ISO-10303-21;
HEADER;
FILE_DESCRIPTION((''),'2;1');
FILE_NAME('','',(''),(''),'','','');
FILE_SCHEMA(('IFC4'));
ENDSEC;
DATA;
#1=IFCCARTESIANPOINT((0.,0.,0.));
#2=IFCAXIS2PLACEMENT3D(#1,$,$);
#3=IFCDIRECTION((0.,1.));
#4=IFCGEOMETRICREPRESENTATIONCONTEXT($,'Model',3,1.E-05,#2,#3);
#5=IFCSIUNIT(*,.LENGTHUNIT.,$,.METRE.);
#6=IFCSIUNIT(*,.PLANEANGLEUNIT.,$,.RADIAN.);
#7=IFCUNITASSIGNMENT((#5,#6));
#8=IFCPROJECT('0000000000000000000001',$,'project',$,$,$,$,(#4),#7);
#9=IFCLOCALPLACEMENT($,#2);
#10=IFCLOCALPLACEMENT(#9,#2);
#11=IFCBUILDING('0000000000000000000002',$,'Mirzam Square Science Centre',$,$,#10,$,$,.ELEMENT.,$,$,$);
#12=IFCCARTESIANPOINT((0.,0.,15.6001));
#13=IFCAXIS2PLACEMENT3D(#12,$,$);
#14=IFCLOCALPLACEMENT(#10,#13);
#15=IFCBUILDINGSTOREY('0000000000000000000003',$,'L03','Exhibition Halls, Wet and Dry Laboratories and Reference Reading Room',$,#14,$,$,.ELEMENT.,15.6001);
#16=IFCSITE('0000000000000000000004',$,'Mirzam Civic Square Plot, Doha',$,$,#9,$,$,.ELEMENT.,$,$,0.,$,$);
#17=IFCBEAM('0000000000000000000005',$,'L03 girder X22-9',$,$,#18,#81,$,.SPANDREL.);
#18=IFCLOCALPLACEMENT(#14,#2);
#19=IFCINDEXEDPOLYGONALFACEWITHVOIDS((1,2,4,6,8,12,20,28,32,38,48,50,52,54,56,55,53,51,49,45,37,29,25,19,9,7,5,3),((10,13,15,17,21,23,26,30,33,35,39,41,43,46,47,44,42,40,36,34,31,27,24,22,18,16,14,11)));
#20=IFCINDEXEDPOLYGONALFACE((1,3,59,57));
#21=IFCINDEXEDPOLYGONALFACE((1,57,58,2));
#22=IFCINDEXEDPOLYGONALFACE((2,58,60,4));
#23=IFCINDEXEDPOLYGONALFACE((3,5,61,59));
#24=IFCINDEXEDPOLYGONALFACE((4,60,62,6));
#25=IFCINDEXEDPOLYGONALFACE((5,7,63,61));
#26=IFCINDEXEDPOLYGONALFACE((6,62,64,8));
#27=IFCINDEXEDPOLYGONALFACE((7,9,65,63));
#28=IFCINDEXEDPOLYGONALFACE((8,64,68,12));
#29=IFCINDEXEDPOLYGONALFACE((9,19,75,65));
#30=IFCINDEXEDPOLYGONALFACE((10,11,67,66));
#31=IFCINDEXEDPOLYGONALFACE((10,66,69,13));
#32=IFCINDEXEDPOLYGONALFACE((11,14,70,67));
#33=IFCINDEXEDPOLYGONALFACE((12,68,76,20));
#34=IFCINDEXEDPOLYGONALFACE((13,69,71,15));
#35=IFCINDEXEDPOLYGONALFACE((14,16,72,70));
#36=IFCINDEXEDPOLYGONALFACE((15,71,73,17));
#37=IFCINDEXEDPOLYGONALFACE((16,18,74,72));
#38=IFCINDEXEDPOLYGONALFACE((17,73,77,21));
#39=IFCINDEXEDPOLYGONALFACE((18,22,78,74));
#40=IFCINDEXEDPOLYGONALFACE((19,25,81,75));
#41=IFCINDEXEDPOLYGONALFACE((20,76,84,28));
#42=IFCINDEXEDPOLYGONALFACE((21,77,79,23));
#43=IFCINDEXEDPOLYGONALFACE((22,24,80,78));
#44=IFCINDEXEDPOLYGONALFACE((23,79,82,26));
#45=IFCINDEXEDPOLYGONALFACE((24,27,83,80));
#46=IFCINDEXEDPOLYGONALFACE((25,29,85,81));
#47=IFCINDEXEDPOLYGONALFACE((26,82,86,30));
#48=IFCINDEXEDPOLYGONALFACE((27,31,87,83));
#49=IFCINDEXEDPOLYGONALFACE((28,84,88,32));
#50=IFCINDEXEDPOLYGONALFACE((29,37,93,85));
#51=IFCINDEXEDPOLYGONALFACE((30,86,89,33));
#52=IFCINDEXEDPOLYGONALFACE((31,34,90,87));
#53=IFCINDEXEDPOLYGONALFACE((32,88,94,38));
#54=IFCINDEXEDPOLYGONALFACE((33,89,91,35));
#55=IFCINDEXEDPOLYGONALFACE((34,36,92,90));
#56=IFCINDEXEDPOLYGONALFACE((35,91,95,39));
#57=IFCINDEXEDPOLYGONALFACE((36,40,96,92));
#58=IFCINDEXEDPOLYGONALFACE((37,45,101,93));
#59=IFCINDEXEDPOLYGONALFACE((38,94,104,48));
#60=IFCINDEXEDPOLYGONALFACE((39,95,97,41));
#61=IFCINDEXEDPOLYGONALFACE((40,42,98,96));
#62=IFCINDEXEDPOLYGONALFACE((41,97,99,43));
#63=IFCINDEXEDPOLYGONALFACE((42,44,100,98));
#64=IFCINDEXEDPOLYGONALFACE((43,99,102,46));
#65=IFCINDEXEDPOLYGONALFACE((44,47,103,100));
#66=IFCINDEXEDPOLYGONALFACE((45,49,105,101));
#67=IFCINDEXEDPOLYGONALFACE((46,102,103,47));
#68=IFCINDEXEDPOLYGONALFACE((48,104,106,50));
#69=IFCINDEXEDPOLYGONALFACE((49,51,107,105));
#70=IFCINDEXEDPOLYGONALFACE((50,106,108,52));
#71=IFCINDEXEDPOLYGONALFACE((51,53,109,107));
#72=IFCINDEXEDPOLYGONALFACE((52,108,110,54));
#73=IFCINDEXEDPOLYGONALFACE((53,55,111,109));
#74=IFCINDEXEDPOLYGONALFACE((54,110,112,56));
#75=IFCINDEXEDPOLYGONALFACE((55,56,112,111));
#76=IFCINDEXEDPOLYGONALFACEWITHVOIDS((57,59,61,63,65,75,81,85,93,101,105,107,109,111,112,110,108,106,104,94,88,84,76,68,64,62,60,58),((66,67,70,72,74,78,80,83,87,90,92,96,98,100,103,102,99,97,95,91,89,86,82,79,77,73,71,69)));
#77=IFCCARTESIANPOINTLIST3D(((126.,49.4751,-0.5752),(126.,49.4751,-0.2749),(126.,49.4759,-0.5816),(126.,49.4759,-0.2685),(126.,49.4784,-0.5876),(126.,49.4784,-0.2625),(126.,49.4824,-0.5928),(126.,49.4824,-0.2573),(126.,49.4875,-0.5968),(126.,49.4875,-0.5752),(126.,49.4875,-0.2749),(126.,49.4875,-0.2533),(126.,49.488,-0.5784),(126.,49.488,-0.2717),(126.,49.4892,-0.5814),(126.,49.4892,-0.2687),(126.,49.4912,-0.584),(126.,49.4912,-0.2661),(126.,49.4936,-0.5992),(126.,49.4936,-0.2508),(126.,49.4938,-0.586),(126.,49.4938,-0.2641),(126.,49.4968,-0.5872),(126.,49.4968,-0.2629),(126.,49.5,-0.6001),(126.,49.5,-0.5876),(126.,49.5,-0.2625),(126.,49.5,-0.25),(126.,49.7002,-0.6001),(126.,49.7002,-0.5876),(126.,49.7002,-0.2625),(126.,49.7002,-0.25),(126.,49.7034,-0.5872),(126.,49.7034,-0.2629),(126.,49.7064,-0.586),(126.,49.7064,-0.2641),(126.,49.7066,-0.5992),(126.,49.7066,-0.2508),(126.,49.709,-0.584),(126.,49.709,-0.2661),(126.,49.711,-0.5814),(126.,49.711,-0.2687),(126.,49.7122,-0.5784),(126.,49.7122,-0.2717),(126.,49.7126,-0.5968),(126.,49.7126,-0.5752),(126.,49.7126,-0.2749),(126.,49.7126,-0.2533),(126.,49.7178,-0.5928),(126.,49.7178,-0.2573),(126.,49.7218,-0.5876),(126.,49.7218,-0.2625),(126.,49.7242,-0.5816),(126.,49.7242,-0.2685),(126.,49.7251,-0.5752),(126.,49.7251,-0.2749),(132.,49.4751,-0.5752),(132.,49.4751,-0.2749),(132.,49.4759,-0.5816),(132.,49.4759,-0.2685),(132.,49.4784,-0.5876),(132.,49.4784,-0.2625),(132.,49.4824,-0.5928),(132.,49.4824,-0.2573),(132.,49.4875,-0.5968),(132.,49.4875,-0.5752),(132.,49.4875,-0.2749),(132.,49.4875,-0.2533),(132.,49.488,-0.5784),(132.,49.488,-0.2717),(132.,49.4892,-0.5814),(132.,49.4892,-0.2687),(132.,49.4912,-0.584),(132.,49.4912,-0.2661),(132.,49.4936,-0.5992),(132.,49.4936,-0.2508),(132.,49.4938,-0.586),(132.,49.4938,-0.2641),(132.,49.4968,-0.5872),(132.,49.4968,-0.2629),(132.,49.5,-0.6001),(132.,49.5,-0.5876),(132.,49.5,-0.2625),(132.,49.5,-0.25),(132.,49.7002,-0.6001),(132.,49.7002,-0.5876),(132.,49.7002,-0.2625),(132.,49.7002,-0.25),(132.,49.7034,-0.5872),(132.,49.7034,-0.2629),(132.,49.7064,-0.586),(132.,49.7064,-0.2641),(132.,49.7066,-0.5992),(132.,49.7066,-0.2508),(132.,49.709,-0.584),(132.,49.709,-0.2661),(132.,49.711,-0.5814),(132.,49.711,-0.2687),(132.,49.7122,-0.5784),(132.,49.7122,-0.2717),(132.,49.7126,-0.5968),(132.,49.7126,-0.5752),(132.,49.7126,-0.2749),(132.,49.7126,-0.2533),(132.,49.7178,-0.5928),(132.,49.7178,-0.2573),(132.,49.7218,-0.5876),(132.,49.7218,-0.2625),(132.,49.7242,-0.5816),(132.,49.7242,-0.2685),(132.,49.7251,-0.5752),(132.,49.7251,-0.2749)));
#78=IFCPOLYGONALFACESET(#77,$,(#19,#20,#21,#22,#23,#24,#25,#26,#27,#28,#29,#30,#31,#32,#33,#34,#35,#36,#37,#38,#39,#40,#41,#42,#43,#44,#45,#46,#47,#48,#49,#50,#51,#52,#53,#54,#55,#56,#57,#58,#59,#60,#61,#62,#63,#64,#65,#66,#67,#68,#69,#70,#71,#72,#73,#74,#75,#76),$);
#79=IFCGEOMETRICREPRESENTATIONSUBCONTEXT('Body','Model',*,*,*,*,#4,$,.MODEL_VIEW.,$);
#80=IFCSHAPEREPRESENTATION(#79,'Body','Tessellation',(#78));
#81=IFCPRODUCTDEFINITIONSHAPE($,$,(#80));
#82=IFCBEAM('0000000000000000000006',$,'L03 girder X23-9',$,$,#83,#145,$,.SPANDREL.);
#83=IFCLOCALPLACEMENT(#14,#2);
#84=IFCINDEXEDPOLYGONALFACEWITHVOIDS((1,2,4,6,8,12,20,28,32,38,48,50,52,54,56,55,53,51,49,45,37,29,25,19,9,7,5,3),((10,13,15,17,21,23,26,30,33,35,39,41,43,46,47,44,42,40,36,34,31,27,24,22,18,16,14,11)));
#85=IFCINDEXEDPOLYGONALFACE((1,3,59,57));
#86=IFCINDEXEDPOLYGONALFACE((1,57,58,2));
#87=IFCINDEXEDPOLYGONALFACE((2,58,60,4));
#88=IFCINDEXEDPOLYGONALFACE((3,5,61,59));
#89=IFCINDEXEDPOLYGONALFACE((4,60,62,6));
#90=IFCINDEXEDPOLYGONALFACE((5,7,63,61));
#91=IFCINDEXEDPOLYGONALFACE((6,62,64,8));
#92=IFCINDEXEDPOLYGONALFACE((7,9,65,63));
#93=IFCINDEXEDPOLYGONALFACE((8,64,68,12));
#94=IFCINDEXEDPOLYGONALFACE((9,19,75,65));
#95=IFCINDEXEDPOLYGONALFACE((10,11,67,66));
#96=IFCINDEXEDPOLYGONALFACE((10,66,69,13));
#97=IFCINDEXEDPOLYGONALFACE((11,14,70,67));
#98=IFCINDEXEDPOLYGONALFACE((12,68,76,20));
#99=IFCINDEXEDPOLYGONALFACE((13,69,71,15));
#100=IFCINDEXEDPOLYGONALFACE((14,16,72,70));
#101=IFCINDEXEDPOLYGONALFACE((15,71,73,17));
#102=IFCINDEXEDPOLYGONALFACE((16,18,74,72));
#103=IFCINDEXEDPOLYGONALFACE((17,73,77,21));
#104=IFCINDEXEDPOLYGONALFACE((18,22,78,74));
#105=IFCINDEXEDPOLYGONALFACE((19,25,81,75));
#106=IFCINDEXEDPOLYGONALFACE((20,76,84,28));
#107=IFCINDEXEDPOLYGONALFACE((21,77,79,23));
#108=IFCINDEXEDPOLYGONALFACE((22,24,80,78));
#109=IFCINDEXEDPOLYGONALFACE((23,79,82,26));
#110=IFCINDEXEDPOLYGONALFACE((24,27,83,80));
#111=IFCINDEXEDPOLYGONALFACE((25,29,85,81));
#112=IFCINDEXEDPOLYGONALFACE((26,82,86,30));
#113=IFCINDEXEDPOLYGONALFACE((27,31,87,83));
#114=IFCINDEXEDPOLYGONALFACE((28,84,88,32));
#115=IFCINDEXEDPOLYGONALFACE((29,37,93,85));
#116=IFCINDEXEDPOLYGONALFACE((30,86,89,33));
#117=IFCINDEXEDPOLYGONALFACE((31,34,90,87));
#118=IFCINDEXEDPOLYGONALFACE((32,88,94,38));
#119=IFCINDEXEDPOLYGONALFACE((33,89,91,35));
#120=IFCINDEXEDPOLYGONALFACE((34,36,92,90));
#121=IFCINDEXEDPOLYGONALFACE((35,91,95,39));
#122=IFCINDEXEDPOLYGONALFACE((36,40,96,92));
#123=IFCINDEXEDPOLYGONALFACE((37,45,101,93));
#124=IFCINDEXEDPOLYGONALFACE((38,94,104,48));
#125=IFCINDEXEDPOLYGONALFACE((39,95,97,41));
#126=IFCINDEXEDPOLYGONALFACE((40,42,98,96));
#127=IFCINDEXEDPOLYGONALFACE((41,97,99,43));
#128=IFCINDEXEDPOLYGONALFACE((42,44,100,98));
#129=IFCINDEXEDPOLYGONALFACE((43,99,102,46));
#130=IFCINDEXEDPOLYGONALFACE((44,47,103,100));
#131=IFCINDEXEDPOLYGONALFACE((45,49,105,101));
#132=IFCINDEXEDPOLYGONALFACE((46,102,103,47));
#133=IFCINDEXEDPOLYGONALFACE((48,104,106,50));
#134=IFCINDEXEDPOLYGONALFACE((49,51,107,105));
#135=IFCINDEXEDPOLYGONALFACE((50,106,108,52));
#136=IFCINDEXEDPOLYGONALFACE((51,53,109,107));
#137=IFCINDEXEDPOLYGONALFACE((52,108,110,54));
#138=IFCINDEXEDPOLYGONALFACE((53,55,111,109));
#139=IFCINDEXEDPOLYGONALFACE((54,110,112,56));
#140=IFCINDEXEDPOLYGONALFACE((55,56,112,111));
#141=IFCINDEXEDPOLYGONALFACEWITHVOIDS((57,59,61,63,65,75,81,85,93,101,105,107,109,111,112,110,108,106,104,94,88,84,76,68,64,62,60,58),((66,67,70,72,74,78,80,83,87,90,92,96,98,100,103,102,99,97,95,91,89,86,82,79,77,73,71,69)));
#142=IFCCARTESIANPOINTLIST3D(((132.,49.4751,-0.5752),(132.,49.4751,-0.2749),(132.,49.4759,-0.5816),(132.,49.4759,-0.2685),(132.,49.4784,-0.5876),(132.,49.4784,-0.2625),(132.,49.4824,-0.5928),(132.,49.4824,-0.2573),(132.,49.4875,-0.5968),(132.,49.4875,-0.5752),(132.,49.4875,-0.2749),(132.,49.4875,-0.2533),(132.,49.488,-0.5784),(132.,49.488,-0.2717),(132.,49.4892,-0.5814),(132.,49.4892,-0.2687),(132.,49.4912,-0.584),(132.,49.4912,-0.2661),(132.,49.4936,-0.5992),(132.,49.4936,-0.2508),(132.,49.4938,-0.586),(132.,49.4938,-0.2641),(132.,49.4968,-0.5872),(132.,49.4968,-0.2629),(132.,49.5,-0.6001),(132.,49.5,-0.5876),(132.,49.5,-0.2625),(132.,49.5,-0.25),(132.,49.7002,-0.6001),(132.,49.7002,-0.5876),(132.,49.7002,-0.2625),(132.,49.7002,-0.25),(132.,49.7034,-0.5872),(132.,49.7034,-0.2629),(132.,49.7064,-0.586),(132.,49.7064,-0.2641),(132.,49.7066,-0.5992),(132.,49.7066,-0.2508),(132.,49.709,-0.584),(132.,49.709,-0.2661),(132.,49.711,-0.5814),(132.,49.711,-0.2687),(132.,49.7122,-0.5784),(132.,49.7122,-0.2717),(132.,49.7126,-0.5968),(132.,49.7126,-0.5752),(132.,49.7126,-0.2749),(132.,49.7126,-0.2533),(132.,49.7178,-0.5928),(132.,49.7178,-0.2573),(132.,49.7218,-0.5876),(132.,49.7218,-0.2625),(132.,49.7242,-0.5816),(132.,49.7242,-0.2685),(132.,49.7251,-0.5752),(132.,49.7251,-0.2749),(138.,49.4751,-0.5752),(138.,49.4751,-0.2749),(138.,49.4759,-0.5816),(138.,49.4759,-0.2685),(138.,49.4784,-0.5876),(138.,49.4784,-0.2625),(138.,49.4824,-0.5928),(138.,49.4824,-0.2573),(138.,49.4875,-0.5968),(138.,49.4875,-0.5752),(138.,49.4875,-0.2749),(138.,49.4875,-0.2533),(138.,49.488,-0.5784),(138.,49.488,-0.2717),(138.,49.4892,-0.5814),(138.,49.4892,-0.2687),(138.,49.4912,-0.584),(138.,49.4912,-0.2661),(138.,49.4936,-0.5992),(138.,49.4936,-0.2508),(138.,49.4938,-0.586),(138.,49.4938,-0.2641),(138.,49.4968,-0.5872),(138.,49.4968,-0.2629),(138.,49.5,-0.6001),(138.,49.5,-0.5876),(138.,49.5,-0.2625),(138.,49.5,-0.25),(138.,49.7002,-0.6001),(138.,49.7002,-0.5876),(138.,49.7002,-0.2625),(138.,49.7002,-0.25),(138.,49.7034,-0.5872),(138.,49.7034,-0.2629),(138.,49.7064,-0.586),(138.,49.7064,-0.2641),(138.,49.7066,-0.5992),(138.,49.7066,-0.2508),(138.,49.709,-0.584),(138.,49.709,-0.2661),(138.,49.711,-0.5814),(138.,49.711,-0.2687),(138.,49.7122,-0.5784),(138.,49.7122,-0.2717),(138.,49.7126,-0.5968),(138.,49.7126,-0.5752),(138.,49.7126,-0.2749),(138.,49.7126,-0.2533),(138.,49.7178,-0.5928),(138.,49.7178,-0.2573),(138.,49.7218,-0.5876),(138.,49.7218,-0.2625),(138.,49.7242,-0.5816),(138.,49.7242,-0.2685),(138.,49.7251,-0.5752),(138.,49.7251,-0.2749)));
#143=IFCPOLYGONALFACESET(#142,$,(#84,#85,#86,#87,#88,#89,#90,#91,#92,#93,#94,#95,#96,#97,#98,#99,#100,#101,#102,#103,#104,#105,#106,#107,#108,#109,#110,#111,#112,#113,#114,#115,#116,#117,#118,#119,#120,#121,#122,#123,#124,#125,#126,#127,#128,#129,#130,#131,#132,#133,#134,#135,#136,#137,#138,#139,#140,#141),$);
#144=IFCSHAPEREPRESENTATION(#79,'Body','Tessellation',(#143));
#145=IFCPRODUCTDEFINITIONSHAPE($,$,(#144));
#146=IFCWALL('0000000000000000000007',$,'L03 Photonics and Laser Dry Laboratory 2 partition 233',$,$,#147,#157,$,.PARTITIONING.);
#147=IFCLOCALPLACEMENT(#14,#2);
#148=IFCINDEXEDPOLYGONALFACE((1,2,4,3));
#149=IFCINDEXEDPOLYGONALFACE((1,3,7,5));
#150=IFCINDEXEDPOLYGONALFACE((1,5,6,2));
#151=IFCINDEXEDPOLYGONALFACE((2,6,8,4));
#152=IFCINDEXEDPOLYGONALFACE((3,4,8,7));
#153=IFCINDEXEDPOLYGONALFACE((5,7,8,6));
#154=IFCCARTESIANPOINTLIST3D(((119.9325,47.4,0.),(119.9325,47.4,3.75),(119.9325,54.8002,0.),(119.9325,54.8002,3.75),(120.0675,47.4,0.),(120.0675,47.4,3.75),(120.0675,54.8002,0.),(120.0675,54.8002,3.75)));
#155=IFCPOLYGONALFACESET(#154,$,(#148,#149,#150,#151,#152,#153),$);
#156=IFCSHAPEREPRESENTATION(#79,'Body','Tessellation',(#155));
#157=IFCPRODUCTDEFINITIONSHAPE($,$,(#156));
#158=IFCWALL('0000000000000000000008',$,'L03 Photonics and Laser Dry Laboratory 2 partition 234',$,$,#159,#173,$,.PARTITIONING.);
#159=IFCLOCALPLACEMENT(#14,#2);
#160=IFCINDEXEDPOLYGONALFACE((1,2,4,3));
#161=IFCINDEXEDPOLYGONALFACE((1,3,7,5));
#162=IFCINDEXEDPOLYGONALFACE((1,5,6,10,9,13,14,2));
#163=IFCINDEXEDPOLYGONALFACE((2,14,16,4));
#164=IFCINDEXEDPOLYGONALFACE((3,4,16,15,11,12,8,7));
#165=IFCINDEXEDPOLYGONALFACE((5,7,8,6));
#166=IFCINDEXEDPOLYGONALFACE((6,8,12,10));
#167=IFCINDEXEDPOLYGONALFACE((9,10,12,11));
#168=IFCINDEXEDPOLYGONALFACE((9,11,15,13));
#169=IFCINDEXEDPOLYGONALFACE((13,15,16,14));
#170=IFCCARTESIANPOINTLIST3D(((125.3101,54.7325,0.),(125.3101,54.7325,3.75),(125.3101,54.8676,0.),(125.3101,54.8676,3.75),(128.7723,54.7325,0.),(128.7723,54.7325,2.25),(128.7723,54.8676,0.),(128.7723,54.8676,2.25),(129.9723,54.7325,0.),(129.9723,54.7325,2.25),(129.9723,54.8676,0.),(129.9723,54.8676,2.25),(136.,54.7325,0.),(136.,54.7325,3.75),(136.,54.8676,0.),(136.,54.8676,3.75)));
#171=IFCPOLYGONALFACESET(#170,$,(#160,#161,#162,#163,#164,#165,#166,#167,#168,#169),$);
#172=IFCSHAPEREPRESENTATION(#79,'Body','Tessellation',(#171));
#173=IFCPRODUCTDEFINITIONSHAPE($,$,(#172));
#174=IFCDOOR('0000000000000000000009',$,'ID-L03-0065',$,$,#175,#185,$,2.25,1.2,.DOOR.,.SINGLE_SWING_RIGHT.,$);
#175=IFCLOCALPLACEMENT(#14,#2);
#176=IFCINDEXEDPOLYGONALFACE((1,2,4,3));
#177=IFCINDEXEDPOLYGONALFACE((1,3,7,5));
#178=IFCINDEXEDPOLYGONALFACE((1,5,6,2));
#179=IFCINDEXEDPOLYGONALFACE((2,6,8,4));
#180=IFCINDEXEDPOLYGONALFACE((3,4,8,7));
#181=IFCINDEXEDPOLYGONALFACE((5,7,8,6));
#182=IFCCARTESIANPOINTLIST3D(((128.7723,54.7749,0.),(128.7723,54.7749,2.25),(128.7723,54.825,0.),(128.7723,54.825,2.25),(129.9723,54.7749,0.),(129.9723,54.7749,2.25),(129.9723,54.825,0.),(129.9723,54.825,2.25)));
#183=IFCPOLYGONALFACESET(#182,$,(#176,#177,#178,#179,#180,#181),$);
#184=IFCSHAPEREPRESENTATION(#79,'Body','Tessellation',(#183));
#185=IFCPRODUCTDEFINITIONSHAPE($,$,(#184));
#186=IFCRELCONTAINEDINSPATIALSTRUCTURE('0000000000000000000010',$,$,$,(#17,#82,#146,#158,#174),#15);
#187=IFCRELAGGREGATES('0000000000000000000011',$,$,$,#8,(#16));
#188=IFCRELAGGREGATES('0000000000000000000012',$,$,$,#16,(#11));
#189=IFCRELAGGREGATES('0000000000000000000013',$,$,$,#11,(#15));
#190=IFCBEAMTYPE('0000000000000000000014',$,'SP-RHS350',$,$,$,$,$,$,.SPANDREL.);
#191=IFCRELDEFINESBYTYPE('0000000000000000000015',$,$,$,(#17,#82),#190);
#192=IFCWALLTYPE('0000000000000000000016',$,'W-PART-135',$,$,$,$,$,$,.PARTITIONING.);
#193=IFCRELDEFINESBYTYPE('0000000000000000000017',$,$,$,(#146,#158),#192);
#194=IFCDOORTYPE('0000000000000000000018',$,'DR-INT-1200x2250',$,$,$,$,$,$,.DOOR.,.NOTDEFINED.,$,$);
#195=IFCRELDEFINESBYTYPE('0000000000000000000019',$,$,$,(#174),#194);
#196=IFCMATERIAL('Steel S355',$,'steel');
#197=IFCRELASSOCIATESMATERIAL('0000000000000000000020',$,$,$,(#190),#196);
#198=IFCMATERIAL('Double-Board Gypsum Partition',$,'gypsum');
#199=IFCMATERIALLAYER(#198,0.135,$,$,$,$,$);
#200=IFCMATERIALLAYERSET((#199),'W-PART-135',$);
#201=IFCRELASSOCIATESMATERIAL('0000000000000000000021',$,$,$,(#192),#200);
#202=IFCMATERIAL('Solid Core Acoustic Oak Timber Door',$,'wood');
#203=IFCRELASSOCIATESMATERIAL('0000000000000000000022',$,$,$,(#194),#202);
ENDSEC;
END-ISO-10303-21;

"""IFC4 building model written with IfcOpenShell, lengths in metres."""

from ifc_helpers import new_model, si_unit, direction, frame, frame_2d, origin, origin_2d, place, context, subcontext, project, spatial, rectangle, hollow_rectangle, extrude, material, layer, layer_set, material_profile, profile_set, type_object, element, fill, save


model = new_model("IFC4")

# Units and contexts
model_context = context("Model", 3, precision=1e-05, world=origin(), true_north=direction((0.0, 1.0)))
body_context = subcontext(model_context, "Body", "Model", "MODEL_VIEW")
ifc_project = project(units=[si_unit("LENGTHUNIT", "METRE"), si_unit("PLANEANGLEUNIT", "RADIAN")], contexts=[model_context])

# Site, building, storey
site_placement = place(None, origin())
site = spatial("IfcSite", under=ifc_project, at=site_placement, Name="Mirzam Civic Square Plot, Doha", CompositionType="ELEMENT", RefElevation=0.0)
building_placement = place(site_placement, origin())
building = spatial("IfcBuilding", under=site, at=building_placement, Name="Mirzam Square Science Centre", CompositionType="ELEMENT")
storey_placement = place(building_placement, frame((0.0, 0.0, 15.6001)))
storey = spatial("IfcBuildingStorey", under=building, at=storey_placement, Name="L03", Description="Exhibition Halls, Wet and Dry Laboratories and Reference Reading Room", CompositionType="ELEMENT", Elevation=15.6001)

# Shared definitions
ifc_material_1 = material(Name="Steel S355", Category="steel")

# Beams
ifc_material_profile_1 = material_profile(ifc_material_1, hollow_rectangle(XDim=0.25, YDim=0.3501, WallThickness=0.0125, InnerFilletRadius=0.0125, OuterFilletRadius=0.0249, at=origin_2d()), Name="350x250x12.5RHS")
ifc_profile_set_1 = profile_set([ifc_material_profile_1], Name="Steel S355")
beam_type_1 = type_object("IfcBeamType", Name="SP-RHS350", PredefinedType="SPANDREL", material=ifc_profile_set_1)
for number, where, z_axis, x_axis, name in (
    (1, (126.0, 49.6001, -0.425), (1.0, 0.0, 0.0), (0.0, 1.0, 0.0), "L03 girder X22-9"),
    (2, (132.0, 49.6001, -0.425), (1.0, 0.0, 0.0), (0.0, 1.0, 0.0), "L03 girder X23-9"),
):
    element("IfcBeam", number, at=place(storey_placement, frame(where, z_axis=z_axis, x_axis=x_axis)), inside=storey, type_object=beam_type_1, Name=name, PredefinedType="SPANDREL", context=body_context, shape_type="SweptSolid", body=[
        extrude(hollow_rectangle(XDim=0.25, YDim=0.3501, WallThickness=0.0125, InnerFilletRadius=0.0125, OuterFilletRadius=0.0249, at=origin_2d()), origin(), (0.0, 0.0, 1.0), 6.0),
    ])

# Wall
ifc_material_2 = material(Name="Double-Board Gypsum Partition", Category="gypsum")
ifc_layer_1 = layer(ifc_material_2, 0.135)
ifc_layer_set_1 = layer_set([ifc_layer_1], Name="W-PART-135")
wall_type_1 = type_object("IfcWallType", Name="W-PART-135", PredefinedType="PARTITIONING", material=ifc_layer_set_1)
wall_1_placement = place(storey_placement, frame((120.0, 47.3999, 0.0), z_axis=(0.0, 0.0, 1.0), x_axis=(0.0, 1.0, 0.0)))
element("IfcWall", 3, at=wall_1_placement, inside=storey, type_object=wall_type_1, Name="L03 Photonics and Laser Dry Laboratory 2 partition 233", PredefinedType="PARTITIONING", context=body_context, shape_type="SweptSolid", body=[
    extrude(rectangle(XDim=7.4001, YDim=0.135, at=frame_2d((3.7002, 0.0))), origin(), (0.0, 0.0, 1.0), 3.75),
])

# Wall, opening, door
wall_2_placement = place(storey_placement, frame((125.3101, 54.8, 0.0), z_axis=(0.0, 0.0, 1.0), x_axis=(1.0, 0.0, 0.0)))
wall_2 = element("IfcWall", 4, at=wall_2_placement, inside=storey, type_object=wall_type_1, Name="L03 Photonics and Laser Dry Laboratory 2 partition 234", PredefinedType="PARTITIONING", context=body_context, shape_type="SweptSolid", body=[
    extrude(rectangle(XDim=10.6899, YDim=0.135, at=frame_2d((5.345, 0.0))), origin(), (0.0, 0.0, 1.0), 3.75),
])
opening_1_placement = place(wall_2_placement, frame((3.4622, 0.0, 0.0)))
opening_1 = element("IfcOpeningElement", 5, at=opening_1_placement, cuts=wall_2, PredefinedType="OPENING", context=body_context, shape_type="SweptSolid", body=[
    extrude(rectangle(XDim=1.2, YDim=2.25, at=frame_2d((0.6001, 1.125))), frame((0.0, 0.0774, 0.0), z_axis=(0.0, -1.0, 0.0), x_axis=(1.0, 0.0, 0.0)), (0.0, 0.0, 1.0), 0.155),
])
ifc_material_3 = material(Name="Solid Core Acoustic Oak Timber Door", Category="wood")
door_type_1 = type_object("IfcDoorType", Name="DR-INT-1200x2250", OperationType="NOTDEFINED", PredefinedType="DOOR", material=ifc_material_3)
door_1_placement = place(opening_1_placement, origin())
door_1 = element("IfcDoor", 6, at=door_1_placement, inside=storey, type_object=door_type_1, Name="ID-L03-0065", OperationType="SINGLE_SWING_RIGHT", OverallHeight=2.25, OverallWidth=1.2, PredefinedType="DOOR", context=body_context, shape_type="SweptSolid", body=[
    extrude(rectangle(XDim=1.2, YDim=2.25, at=frame_2d((0.6001, 1.125))), frame((0.0, 0.0249, 0.0), z_axis=(0.0, -1.0, 0.0), x_axis=(1.0, 0.0, 0.0)), (0.0, 0.0, 1.0), 0.05),
])
fill(opening_1, door_1)

save(model, "model.ifc")
